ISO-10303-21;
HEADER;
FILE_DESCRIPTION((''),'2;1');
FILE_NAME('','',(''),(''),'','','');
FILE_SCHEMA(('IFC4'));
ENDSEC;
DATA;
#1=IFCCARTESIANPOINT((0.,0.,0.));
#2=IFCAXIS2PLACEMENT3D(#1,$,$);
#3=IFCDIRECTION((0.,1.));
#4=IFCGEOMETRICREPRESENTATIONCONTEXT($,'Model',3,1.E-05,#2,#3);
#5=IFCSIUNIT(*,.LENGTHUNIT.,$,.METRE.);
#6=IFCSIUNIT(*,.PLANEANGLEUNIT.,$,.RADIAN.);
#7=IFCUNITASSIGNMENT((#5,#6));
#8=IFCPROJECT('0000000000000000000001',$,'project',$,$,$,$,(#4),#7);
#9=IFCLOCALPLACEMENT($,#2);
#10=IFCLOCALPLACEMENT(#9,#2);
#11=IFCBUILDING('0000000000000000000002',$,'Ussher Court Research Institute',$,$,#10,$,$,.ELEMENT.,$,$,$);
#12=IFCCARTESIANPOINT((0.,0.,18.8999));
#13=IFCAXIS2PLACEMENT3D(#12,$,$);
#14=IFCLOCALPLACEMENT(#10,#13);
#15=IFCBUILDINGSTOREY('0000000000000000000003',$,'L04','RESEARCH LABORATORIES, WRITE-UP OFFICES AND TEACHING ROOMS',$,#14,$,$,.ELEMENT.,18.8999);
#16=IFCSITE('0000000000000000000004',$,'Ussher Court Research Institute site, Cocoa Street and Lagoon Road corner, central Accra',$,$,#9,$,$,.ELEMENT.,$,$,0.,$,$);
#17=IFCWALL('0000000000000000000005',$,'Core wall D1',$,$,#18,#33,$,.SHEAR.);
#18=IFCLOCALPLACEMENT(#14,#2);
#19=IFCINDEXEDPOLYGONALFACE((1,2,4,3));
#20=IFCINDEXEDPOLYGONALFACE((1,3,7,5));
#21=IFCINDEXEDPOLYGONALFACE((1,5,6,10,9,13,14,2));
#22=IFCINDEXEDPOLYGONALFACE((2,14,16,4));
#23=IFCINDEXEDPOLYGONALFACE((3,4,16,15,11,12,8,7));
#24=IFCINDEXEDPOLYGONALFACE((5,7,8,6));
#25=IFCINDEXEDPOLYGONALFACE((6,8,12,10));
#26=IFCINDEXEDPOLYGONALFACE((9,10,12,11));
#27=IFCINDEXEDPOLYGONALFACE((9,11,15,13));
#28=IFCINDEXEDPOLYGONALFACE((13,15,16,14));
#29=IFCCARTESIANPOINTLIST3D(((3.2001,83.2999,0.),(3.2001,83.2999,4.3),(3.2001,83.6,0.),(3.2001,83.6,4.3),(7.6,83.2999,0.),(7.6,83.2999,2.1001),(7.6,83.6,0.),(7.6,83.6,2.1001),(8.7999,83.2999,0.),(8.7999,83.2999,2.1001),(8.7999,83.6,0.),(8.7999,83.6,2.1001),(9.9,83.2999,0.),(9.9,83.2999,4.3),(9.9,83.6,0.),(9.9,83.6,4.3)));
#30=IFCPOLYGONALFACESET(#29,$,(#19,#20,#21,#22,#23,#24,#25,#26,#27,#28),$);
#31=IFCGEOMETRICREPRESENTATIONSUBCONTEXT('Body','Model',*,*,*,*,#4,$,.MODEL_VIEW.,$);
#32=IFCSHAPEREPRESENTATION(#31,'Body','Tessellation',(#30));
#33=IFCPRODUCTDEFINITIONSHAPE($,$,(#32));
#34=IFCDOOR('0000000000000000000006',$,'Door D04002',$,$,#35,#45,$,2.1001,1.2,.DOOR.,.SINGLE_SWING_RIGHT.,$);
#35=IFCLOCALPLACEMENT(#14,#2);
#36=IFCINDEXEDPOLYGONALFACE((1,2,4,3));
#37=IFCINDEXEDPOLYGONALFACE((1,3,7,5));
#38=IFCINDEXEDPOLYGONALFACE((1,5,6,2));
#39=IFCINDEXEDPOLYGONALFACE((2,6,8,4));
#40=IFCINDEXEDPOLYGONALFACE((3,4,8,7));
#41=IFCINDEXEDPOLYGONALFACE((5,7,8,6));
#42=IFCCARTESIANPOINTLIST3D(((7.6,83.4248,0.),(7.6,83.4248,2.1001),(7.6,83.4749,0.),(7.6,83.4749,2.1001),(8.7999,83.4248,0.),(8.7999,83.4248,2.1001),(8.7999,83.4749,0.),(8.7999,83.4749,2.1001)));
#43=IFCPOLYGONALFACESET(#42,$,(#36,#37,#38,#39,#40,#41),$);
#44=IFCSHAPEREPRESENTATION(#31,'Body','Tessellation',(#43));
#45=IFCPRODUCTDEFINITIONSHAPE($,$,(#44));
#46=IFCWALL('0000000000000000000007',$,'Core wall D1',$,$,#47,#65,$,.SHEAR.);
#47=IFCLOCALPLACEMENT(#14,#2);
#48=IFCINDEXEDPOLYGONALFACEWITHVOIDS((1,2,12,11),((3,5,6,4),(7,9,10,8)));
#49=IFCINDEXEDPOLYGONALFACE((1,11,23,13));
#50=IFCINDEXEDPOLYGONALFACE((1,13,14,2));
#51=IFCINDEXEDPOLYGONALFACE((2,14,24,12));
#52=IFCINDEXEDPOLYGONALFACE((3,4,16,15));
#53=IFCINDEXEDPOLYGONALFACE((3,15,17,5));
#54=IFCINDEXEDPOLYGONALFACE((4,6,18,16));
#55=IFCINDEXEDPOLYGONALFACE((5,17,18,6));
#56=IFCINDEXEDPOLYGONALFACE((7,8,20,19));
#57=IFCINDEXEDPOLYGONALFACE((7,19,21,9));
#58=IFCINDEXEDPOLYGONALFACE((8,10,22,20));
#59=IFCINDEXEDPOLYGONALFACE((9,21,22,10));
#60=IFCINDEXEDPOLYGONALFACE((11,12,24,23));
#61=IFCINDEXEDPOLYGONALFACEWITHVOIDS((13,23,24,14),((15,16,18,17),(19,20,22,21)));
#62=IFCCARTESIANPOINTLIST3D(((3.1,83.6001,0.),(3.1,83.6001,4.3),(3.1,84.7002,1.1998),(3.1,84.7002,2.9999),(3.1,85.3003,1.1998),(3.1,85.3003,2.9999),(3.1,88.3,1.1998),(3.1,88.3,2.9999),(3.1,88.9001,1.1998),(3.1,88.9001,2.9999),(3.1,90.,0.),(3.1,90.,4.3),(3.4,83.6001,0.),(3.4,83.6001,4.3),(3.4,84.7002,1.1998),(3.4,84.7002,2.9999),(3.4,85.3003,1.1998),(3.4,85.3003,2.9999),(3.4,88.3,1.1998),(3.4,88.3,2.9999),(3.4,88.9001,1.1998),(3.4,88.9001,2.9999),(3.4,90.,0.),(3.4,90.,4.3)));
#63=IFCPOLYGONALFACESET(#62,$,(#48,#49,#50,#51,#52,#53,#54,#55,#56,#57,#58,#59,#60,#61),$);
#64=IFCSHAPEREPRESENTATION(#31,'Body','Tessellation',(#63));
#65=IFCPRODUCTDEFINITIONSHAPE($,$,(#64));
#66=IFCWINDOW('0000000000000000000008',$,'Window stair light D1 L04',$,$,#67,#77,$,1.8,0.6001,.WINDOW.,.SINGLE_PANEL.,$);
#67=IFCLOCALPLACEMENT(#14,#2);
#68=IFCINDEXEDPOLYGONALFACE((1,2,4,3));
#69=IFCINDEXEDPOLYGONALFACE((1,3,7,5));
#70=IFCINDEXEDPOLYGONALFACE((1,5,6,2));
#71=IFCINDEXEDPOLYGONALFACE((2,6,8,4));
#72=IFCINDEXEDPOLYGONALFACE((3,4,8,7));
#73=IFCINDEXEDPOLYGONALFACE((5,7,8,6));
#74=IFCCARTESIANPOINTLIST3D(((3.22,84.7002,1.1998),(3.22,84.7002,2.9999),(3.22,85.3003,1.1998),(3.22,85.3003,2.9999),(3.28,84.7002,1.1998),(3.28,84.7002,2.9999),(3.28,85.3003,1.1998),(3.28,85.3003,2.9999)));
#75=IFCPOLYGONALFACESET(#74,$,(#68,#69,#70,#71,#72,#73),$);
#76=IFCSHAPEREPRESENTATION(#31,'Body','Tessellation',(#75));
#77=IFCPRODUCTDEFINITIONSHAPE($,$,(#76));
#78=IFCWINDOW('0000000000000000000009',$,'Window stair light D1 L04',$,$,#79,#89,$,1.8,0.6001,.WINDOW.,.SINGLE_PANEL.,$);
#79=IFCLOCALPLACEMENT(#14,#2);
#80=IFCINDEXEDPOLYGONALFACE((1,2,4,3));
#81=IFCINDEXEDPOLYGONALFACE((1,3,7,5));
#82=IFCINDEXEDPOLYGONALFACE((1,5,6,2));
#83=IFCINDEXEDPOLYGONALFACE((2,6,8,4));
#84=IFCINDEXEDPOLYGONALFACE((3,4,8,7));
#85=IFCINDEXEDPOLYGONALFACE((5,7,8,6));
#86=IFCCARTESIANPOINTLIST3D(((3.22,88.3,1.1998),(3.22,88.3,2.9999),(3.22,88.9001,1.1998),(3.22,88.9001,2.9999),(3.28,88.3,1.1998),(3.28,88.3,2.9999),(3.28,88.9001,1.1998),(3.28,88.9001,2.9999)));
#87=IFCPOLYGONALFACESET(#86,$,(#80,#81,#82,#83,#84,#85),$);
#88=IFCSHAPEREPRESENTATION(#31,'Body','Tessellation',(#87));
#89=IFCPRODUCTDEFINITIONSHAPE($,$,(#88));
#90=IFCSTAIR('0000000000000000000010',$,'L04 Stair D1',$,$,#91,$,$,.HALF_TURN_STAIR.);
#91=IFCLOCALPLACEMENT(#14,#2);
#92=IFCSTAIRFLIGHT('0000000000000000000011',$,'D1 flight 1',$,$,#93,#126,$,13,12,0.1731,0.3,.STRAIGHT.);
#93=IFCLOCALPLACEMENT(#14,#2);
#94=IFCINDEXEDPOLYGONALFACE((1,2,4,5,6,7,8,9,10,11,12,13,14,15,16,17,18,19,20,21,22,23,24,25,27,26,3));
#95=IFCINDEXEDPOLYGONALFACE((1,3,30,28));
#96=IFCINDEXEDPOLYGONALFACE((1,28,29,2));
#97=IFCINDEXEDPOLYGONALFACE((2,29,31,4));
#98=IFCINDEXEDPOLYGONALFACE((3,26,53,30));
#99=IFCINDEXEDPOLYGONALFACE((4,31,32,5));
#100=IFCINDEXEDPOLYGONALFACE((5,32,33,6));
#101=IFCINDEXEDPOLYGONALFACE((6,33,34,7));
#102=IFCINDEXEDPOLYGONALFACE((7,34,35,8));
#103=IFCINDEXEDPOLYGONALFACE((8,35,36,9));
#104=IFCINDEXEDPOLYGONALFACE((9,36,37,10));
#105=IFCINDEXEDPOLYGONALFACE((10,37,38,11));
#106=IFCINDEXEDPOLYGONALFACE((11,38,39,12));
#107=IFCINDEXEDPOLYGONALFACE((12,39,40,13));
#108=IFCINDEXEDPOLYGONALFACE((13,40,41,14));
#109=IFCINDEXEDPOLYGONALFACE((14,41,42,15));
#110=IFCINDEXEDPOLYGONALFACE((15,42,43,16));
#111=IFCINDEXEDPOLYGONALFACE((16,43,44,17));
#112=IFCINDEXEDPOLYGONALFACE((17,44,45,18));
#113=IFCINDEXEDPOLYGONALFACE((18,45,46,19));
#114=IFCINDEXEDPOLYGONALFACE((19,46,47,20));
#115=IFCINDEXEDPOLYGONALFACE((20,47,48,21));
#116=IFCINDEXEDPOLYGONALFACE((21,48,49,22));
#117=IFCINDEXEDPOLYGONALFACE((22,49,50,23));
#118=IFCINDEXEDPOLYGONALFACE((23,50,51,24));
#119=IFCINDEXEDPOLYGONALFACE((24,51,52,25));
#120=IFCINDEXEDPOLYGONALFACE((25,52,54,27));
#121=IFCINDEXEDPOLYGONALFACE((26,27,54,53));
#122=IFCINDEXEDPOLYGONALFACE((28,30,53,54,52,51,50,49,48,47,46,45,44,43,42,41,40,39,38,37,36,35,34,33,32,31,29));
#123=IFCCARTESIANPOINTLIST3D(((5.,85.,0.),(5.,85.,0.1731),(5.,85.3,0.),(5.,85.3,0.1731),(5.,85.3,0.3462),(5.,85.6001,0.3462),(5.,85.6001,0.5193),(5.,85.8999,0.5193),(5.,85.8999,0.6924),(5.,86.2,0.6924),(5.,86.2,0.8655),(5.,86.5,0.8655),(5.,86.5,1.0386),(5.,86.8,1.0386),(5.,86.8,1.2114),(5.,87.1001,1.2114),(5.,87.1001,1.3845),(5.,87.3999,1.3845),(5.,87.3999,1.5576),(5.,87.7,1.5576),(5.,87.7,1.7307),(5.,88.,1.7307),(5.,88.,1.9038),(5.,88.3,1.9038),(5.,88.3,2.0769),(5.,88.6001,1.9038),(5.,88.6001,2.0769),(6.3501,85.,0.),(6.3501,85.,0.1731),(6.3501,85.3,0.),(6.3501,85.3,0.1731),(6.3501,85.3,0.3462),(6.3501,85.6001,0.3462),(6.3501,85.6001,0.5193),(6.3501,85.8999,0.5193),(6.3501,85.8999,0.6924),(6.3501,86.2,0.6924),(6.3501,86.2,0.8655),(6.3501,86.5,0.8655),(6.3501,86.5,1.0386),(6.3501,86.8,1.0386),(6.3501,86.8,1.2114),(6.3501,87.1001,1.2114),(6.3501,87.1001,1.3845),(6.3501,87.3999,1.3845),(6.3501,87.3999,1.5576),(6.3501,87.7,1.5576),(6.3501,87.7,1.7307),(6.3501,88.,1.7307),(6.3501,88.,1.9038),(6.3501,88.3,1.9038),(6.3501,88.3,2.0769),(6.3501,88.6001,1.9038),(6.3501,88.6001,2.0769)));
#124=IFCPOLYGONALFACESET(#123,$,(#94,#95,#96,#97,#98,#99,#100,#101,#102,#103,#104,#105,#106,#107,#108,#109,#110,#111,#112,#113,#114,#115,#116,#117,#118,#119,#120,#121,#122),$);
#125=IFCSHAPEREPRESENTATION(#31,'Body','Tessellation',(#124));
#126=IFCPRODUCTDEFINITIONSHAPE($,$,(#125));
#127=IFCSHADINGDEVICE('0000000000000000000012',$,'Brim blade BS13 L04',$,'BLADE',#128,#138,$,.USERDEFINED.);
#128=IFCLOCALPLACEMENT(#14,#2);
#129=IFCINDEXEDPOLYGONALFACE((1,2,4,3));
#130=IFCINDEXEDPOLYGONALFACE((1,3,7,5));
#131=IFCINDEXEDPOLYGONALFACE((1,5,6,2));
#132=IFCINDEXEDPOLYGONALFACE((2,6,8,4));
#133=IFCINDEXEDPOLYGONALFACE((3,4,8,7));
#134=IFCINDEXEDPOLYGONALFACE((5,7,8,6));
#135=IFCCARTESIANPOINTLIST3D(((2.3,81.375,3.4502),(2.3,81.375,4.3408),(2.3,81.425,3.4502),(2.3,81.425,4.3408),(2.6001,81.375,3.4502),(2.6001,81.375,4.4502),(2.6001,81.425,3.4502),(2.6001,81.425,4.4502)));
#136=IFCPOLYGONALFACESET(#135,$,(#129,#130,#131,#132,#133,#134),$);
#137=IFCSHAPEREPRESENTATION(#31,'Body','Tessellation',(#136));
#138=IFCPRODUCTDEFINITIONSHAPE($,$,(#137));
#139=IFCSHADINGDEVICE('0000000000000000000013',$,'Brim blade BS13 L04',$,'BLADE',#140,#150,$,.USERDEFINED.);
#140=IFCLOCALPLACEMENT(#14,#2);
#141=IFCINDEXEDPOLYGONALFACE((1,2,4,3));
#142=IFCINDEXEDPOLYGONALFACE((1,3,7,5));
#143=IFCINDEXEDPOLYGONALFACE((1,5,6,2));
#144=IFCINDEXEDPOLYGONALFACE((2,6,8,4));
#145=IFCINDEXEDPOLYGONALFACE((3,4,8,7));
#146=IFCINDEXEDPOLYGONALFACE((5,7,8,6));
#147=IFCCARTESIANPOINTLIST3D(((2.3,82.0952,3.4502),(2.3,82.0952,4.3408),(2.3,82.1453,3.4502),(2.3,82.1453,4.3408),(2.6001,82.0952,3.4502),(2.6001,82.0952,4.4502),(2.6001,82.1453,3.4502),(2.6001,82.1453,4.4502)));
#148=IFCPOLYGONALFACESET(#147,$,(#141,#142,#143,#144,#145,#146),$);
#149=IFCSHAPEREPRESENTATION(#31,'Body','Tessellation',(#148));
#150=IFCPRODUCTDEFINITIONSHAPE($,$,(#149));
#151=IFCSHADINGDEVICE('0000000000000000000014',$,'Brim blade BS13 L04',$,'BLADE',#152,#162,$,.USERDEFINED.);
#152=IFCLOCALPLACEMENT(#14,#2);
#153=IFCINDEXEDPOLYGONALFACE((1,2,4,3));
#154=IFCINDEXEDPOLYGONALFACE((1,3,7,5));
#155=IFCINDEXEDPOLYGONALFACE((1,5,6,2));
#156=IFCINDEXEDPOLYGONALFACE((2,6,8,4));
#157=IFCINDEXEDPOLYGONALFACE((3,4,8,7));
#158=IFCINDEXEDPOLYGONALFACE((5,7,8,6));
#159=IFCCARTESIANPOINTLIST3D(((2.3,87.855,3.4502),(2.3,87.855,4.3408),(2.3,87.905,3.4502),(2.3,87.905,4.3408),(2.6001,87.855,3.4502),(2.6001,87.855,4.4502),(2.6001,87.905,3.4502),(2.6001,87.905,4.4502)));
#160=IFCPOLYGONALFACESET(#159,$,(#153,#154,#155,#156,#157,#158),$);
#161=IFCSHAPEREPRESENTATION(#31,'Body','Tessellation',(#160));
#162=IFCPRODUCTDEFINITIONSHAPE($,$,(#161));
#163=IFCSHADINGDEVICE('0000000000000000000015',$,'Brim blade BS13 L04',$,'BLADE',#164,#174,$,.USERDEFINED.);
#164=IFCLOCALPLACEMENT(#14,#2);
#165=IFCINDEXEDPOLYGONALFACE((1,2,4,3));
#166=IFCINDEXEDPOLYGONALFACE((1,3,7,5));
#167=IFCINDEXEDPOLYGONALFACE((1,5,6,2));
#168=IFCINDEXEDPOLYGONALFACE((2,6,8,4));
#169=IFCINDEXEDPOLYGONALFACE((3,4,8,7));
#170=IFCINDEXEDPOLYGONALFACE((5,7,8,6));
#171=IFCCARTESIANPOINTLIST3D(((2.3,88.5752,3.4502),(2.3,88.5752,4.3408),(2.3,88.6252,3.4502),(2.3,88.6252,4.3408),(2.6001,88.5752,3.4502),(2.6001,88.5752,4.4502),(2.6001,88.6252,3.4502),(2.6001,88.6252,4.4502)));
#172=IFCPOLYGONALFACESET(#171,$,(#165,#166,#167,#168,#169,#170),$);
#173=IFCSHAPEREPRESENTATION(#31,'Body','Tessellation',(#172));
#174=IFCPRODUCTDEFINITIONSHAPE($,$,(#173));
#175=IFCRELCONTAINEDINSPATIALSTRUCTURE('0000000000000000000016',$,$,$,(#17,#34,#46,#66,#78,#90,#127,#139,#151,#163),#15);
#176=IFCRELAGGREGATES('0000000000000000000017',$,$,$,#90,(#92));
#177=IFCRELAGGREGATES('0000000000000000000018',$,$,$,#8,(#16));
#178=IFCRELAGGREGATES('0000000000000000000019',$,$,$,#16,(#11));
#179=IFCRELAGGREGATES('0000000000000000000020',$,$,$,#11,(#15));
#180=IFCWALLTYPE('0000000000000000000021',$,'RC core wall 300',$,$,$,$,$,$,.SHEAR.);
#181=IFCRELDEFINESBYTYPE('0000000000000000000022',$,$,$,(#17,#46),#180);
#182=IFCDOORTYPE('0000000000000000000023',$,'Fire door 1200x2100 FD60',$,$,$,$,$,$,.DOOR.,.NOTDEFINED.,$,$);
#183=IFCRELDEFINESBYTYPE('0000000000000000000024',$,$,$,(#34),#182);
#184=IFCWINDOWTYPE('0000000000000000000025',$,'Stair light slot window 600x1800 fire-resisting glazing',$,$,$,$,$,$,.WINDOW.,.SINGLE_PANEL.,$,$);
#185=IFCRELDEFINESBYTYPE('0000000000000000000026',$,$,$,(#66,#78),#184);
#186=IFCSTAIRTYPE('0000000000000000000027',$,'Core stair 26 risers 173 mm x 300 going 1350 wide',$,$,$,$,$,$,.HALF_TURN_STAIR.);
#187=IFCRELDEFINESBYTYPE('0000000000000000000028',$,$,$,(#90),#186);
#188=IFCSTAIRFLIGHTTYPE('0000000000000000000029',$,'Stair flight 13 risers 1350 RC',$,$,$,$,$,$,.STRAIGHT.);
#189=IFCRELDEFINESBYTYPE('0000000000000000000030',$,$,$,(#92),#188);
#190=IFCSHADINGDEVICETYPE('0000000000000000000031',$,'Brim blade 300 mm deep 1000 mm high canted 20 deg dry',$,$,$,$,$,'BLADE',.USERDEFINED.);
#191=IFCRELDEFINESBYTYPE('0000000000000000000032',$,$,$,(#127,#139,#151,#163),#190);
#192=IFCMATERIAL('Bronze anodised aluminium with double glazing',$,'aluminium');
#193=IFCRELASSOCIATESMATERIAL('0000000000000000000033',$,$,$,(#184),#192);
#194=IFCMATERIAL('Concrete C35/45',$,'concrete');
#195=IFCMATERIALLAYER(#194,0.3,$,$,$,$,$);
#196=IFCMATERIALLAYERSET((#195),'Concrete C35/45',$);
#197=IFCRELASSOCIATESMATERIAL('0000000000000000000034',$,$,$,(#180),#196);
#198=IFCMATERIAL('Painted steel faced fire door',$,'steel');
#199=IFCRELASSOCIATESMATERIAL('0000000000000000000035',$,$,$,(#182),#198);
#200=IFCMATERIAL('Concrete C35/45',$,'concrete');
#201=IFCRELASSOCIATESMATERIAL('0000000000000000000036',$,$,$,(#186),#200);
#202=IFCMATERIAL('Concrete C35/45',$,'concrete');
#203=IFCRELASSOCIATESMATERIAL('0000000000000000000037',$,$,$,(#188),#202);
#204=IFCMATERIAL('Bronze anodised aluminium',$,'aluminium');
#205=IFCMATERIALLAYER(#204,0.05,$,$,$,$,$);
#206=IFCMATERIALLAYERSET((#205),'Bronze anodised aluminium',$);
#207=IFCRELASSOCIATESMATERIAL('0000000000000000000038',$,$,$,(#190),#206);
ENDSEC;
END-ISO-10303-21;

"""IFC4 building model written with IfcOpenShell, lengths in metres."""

from ifc_helpers import new_model, si_unit, direction, frame, frame_2d, origin, place, context, subcontext, project, spatial, polyline, rectangle, outline, extrude, material, layer, layer_set, type_object, element, fill, aggregate, save


model = new_model("IFC4")

# Units and contexts
model_context = context("Model", 3, precision=1e-05, world=origin(), true_north=direction((0.0, 1.0)))
body_context = subcontext(model_context, "Body", "Model", "MODEL_VIEW")
ifc_project = project(units=[si_unit("LENGTHUNIT", "METRE"), si_unit("PLANEANGLEUNIT", "RADIAN")], contexts=[model_context])

# Site, building, storey
site_placement = place(None, origin())
site = spatial("IfcSite", under=ifc_project, at=site_placement, Name="Ussher Court Research Institute site, Cocoa Street and Lagoon Road corner, central Accra", CompositionType="ELEMENT", RefElevation=0.0)
building_placement = place(site_placement, origin())
building = spatial("IfcBuilding", under=site, at=building_placement, Name="Ussher Court Research Institute", CompositionType="ELEMENT")
storey_placement = place(building_placement, frame((0.0, 0.0, 18.8999)))
storey = spatial("IfcBuildingStorey", under=building, at=storey_placement, Name="L04", Description="RESEARCH LABORATORIES, WRITE-UP OFFICES AND TEACHING ROOMS", CompositionType="ELEMENT", Elevation=18.8999)

# Shared definitions
ifc_material_1 = material(Name="Bronze anodised aluminium with double glazing", Category="aluminium")
window_type = type_object("IfcWindowType", Name="Stair light slot window 600x1800 fire-resisting glazing", PartitioningType="SINGLE_PANEL", PredefinedType="WINDOW", material=ifc_material_1)

# Wall, opening, door
ifc_material_2 = material(Name="Concrete C35/45", Category="concrete")
ifc_layer_1 = layer(ifc_material_2, 0.3)
ifc_layer_set_1 = layer_set([ifc_layer_1], Name="Concrete C35/45")
wall_type_1 = type_object("IfcWallType", Name="RC core wall 300", PredefinedType="SHEAR", material=ifc_layer_set_1)
wall_1_placement = place(storey_placement, frame((3.2, 83.45, 0.0), z_axis=(0.0, 0.0, 1.0), x_axis=(1.0, 0.0, 0.0)))
wall_1 = element("IfcWall", 1, at=wall_1_placement, inside=storey, type_object=wall_type_1, Name="Core wall D1", PredefinedType="SHEAR", context=body_context, shape_type="SweptSolid", body=[
    extrude(rectangle(XDim=6.7, YDim=0.3, at=frame_2d((3.3501, 0.0))), origin(), (0.0, 0.0, 1.0), 4.3),
])
opening_1_placement = place(wall_1_placement, frame((4.3999, 0.0, 0.0)))
opening_1 = element("IfcOpeningElement", 2, at=opening_1_placement, cuts=wall_1, PredefinedType="OPENING", context=body_context, shape_type="SweptSolid", body=[
    extrude(rectangle(XDim=1.2, YDim=2.1001, at=frame_2d((0.6001, 1.05))), frame((0.0, 0.1602, 0.0), z_axis=(0.0, -1.0, 0.0), x_axis=(1.0, 0.0, 0.0)), (0.0, 0.0, 1.0), 0.3201),
])
ifc_material_3 = material(Name="Painted steel faced fire door", Category="steel")
door_type_1 = type_object("IfcDoorType", Name="Fire door 1200x2100 FD60", OperationType="NOTDEFINED", PredefinedType="DOOR", material=ifc_material_3)
door_1_placement = place(opening_1_placement, origin())
door_1 = element("IfcDoor", 3, at=door_1_placement, inside=storey, type_object=door_type_1, Name="Door D04002", OperationType="SINGLE_SWING_RIGHT", OverallHeight=2.1001, OverallWidth=1.2, PredefinedType="DOOR", context=body_context, shape_type="SweptSolid", body=[
    extrude(rectangle(XDim=1.2, YDim=2.1001, at=frame_2d((0.6001, 1.05))), frame((0.0, 0.0249, 0.0), z_axis=(0.0, -1.0, 0.0), x_axis=(1.0, 0.0, 0.0)), (0.0, 0.0, 1.0), 0.05),
])
fill(opening_1, door_1)

# Wall, openings, windows
wall_2_placement = place(storey_placement, frame((3.25, 83.6001, 0.0), z_axis=(0.0, 0.0, 1.0), x_axis=(0.0, 1.0, 0.0)))
wall_2 = element("IfcWall", 4, at=wall_2_placement, inside=storey, type_object=wall_type_1, Name="Core wall D1", PredefinedType="SHEAR", context=body_context, shape_type="SweptSolid", body=[
    extrude(rectangle(XDim=6.3999, YDim=0.3, at=frame_2d((3.2, 0.0))), origin(), (0.0, 0.0, 1.0), 4.3),
])
opening_2_placement = place(wall_2_placement, frame((1.1001, 0.0, 1.2)))
opening_2 = element("IfcOpeningElement", 5, at=opening_2_placement, cuts=wall_2, PredefinedType="OPENING", context=body_context, shape_type="SweptSolid", body=[
    extrude(rectangle(XDim=0.6001, YDim=1.8, at=frame_2d((0.3, 0.8999))), frame((0.0, 0.1602, 0.0), z_axis=(0.0, -1.0, 0.0), x_axis=(1.0, 0.0, 0.0)), (0.0, 0.0, 1.0), 0.3201),
])
opening_3_placement = place(wall_2_placement, frame((4.7, 0.0, 1.2)))
opening_3 = element("IfcOpeningElement", 6, at=opening_3_placement, cuts=wall_2, PredefinedType="OPENING", context=body_context, shape_type="SweptSolid", body=[
    extrude(rectangle(XDim=0.6001, YDim=1.8, at=frame_2d((0.3, 0.8999))), frame((0.0, 0.1602, 0.0), z_axis=(0.0, -1.0, 0.0), x_axis=(1.0, 0.0, 0.0)), (0.0, 0.0, 1.0), 0.3201),
])
window_1_placement = place(opening_2_placement, origin())
window_1 = element("IfcWindow", 7, at=window_1_placement, inside=storey, type_object=window_type, Name="Window stair light D1 L04", OverallHeight=1.8, OverallWidth=0.6001, PartitioningType="SINGLE_PANEL", PredefinedType="WINDOW", context=body_context, shape_type="SweptSolid", body=[
    extrude(rectangle(XDim=0.6001, YDim=1.8, at=frame_2d((0.3, 0.8999))), frame((0.0, 0.03, 0.0), z_axis=(0.0, -1.0, 0.0), x_axis=(1.0, 0.0, 0.0)), (0.0, 0.0, 1.0), 0.0601),
])
fill(opening_2, window_1)
window_2_placement = place(opening_3_placement, origin())
window_2 = element("IfcWindow", 8, at=window_2_placement, inside=storey, type_object=window_type, Name="Window stair light D1 L04", OverallHeight=1.8, OverallWidth=0.6001, PartitioningType="SINGLE_PANEL", PredefinedType="WINDOW", context=body_context, shape_type="SweptSolid", body=[
    extrude(rectangle(XDim=0.6001, YDim=1.8, at=frame_2d((0.3, 0.8999))), frame((0.0, 0.03, 0.0), z_axis=(0.0, -1.0, 0.0), x_axis=(1.0, 0.0, 0.0)), (0.0, 0.0, 1.0), 0.0601),
])
fill(opening_3, window_2)

# Stair, stair flight
ifc_material_4 = material(Name="Concrete C35/45", Category="concrete")
stair_type = type_object("IfcStairType", Name="Core stair 26 risers 173 mm x 300 going 1350 wide", PredefinedType="HALF_TURN_STAIR", material=ifc_material_4)
stair_placement = place(storey_placement, origin())
stair = element("IfcStair", 9, at=stair_placement, inside=storey, type_object=stair_type, Name="L04 Stair D1", PredefinedType="HALF_TURN_STAIR")
ifc_material_5 = material(Name="Concrete C35/45", Category="concrete")
stair_flight_type = type_object("IfcStairFlightType", Name="Stair flight 13 risers 1350 RC", PredefinedType="STRAIGHT", material=ifc_material_5)
stair_flight_placement = place(storey_placement, frame((5.675, 85.0, 0.0), z_axis=(0.0, 0.0, 1.0), x_axis=(0.0, 1.0, 0.0)))
stair_flight = element("IfcStairFlight", 10, at=stair_flight_placement, type_object=stair_flight_type, Name="D1 flight 1", NumberOfRisers=13, NumberOfTreads=12, PredefinedType="STRAIGHT", RiserHeight=0.1731, TreadLength=0.3, context=body_context, shape_type="SweptSolid", body=[
    extrude(outline(polyline([(0.0, 0.0), (0.0, 0.1731), (0.3, 0.1731), (0.3, 0.3462), (0.6001, 0.3462), (0.6001, 0.5193), (0.8999, 0.5193), (0.8999, 0.6924), (1.2, 0.6924), (1.2, 0.8655), (1.5, 0.8655), (1.5, 1.0386), (1.8, 1.0386), (1.8, 1.2114), (2.1001, 1.2114), (2.1001, 1.3845), (2.3999, 1.3845), (2.3999, 1.5576), (2.7, 1.5576), (2.7, 1.7307), (3.0, 1.7307), (3.0, 1.9038), (3.3, 1.9038), (3.3, 2.0769), (3.6001, 2.0769), (3.6001, 2.25), (3.6001, 1.9038), (0.3, 0.0), (0.0, 0.0)])), frame((0.0, 0.675, 0.0), z_axis=(0.0, -1.0, 0.0), x_axis=(1.0, 0.0, 0.0)), (0.0, 0.0, 1.0), 1.3501),
])
aggregate(stair, [stair_flight])

# Shading devices
ifc_material_6 = material(Name="Bronze anodised aluminium", Category="aluminium")
ifc_layer_2 = layer(ifc_material_6, 0.05)
ifc_layer_set_2 = layer_set([ifc_layer_2], Name="Bronze anodised aluminium")
shading_device_type_1 = type_object("IfcShadingDeviceType", Name="Brim blade 300 mm deep 1000 mm high canted 20 deg dry", ElementType="BLADE", PredefinedType="USERDEFINED", material=ifc_layer_set_2)
for number, where, z_axis, x_axis, name in (
    (11, (2.6001, 81.3999, 3.4502), (0.0, 0.0, 1.0), (-1.0, 0.0, 0.0), "Brim blade BS13 L04"),
    (12, (2.6001, 82.1201, 3.4502), (0.0, 0.0, 1.0), (-1.0, 0.0, 0.0), "Brim blade BS13 L04"),
    (13, (2.6001, 87.8799, 3.4502), (0.0, 0.0, 1.0), (-1.0, 0.0, 0.0), "Brim blade BS13 L04"),
    (14, (2.6001, 88.6001, 3.4502), (0.0, 0.0, 1.0), (-1.0, 0.0, 0.0), "Brim blade BS13 L04"),
):
    element("IfcShadingDevice", number, at=place(storey_placement, frame(where, z_axis=z_axis, x_axis=x_axis)), inside=storey, type_object=shading_device_type_1, Name=name, ObjectType="BLADE", PredefinedType="USERDEFINED", context=body_context, shape_type="SweptSolid", body=[
        extrude(outline(polyline([(0.0, 0.0), (0.3, 0.0), (0.3, 0.8906), (0.0, 1.0), (0.0, 0.0)])), frame((0.0, 0.0249, 0.0), z_axis=(0.0, -1.0, 0.0), x_axis=(1.0, 0.0, 0.0)), (0.0, 0.0, 1.0), 0.05),
    ])

save(model, "model.ifc")
